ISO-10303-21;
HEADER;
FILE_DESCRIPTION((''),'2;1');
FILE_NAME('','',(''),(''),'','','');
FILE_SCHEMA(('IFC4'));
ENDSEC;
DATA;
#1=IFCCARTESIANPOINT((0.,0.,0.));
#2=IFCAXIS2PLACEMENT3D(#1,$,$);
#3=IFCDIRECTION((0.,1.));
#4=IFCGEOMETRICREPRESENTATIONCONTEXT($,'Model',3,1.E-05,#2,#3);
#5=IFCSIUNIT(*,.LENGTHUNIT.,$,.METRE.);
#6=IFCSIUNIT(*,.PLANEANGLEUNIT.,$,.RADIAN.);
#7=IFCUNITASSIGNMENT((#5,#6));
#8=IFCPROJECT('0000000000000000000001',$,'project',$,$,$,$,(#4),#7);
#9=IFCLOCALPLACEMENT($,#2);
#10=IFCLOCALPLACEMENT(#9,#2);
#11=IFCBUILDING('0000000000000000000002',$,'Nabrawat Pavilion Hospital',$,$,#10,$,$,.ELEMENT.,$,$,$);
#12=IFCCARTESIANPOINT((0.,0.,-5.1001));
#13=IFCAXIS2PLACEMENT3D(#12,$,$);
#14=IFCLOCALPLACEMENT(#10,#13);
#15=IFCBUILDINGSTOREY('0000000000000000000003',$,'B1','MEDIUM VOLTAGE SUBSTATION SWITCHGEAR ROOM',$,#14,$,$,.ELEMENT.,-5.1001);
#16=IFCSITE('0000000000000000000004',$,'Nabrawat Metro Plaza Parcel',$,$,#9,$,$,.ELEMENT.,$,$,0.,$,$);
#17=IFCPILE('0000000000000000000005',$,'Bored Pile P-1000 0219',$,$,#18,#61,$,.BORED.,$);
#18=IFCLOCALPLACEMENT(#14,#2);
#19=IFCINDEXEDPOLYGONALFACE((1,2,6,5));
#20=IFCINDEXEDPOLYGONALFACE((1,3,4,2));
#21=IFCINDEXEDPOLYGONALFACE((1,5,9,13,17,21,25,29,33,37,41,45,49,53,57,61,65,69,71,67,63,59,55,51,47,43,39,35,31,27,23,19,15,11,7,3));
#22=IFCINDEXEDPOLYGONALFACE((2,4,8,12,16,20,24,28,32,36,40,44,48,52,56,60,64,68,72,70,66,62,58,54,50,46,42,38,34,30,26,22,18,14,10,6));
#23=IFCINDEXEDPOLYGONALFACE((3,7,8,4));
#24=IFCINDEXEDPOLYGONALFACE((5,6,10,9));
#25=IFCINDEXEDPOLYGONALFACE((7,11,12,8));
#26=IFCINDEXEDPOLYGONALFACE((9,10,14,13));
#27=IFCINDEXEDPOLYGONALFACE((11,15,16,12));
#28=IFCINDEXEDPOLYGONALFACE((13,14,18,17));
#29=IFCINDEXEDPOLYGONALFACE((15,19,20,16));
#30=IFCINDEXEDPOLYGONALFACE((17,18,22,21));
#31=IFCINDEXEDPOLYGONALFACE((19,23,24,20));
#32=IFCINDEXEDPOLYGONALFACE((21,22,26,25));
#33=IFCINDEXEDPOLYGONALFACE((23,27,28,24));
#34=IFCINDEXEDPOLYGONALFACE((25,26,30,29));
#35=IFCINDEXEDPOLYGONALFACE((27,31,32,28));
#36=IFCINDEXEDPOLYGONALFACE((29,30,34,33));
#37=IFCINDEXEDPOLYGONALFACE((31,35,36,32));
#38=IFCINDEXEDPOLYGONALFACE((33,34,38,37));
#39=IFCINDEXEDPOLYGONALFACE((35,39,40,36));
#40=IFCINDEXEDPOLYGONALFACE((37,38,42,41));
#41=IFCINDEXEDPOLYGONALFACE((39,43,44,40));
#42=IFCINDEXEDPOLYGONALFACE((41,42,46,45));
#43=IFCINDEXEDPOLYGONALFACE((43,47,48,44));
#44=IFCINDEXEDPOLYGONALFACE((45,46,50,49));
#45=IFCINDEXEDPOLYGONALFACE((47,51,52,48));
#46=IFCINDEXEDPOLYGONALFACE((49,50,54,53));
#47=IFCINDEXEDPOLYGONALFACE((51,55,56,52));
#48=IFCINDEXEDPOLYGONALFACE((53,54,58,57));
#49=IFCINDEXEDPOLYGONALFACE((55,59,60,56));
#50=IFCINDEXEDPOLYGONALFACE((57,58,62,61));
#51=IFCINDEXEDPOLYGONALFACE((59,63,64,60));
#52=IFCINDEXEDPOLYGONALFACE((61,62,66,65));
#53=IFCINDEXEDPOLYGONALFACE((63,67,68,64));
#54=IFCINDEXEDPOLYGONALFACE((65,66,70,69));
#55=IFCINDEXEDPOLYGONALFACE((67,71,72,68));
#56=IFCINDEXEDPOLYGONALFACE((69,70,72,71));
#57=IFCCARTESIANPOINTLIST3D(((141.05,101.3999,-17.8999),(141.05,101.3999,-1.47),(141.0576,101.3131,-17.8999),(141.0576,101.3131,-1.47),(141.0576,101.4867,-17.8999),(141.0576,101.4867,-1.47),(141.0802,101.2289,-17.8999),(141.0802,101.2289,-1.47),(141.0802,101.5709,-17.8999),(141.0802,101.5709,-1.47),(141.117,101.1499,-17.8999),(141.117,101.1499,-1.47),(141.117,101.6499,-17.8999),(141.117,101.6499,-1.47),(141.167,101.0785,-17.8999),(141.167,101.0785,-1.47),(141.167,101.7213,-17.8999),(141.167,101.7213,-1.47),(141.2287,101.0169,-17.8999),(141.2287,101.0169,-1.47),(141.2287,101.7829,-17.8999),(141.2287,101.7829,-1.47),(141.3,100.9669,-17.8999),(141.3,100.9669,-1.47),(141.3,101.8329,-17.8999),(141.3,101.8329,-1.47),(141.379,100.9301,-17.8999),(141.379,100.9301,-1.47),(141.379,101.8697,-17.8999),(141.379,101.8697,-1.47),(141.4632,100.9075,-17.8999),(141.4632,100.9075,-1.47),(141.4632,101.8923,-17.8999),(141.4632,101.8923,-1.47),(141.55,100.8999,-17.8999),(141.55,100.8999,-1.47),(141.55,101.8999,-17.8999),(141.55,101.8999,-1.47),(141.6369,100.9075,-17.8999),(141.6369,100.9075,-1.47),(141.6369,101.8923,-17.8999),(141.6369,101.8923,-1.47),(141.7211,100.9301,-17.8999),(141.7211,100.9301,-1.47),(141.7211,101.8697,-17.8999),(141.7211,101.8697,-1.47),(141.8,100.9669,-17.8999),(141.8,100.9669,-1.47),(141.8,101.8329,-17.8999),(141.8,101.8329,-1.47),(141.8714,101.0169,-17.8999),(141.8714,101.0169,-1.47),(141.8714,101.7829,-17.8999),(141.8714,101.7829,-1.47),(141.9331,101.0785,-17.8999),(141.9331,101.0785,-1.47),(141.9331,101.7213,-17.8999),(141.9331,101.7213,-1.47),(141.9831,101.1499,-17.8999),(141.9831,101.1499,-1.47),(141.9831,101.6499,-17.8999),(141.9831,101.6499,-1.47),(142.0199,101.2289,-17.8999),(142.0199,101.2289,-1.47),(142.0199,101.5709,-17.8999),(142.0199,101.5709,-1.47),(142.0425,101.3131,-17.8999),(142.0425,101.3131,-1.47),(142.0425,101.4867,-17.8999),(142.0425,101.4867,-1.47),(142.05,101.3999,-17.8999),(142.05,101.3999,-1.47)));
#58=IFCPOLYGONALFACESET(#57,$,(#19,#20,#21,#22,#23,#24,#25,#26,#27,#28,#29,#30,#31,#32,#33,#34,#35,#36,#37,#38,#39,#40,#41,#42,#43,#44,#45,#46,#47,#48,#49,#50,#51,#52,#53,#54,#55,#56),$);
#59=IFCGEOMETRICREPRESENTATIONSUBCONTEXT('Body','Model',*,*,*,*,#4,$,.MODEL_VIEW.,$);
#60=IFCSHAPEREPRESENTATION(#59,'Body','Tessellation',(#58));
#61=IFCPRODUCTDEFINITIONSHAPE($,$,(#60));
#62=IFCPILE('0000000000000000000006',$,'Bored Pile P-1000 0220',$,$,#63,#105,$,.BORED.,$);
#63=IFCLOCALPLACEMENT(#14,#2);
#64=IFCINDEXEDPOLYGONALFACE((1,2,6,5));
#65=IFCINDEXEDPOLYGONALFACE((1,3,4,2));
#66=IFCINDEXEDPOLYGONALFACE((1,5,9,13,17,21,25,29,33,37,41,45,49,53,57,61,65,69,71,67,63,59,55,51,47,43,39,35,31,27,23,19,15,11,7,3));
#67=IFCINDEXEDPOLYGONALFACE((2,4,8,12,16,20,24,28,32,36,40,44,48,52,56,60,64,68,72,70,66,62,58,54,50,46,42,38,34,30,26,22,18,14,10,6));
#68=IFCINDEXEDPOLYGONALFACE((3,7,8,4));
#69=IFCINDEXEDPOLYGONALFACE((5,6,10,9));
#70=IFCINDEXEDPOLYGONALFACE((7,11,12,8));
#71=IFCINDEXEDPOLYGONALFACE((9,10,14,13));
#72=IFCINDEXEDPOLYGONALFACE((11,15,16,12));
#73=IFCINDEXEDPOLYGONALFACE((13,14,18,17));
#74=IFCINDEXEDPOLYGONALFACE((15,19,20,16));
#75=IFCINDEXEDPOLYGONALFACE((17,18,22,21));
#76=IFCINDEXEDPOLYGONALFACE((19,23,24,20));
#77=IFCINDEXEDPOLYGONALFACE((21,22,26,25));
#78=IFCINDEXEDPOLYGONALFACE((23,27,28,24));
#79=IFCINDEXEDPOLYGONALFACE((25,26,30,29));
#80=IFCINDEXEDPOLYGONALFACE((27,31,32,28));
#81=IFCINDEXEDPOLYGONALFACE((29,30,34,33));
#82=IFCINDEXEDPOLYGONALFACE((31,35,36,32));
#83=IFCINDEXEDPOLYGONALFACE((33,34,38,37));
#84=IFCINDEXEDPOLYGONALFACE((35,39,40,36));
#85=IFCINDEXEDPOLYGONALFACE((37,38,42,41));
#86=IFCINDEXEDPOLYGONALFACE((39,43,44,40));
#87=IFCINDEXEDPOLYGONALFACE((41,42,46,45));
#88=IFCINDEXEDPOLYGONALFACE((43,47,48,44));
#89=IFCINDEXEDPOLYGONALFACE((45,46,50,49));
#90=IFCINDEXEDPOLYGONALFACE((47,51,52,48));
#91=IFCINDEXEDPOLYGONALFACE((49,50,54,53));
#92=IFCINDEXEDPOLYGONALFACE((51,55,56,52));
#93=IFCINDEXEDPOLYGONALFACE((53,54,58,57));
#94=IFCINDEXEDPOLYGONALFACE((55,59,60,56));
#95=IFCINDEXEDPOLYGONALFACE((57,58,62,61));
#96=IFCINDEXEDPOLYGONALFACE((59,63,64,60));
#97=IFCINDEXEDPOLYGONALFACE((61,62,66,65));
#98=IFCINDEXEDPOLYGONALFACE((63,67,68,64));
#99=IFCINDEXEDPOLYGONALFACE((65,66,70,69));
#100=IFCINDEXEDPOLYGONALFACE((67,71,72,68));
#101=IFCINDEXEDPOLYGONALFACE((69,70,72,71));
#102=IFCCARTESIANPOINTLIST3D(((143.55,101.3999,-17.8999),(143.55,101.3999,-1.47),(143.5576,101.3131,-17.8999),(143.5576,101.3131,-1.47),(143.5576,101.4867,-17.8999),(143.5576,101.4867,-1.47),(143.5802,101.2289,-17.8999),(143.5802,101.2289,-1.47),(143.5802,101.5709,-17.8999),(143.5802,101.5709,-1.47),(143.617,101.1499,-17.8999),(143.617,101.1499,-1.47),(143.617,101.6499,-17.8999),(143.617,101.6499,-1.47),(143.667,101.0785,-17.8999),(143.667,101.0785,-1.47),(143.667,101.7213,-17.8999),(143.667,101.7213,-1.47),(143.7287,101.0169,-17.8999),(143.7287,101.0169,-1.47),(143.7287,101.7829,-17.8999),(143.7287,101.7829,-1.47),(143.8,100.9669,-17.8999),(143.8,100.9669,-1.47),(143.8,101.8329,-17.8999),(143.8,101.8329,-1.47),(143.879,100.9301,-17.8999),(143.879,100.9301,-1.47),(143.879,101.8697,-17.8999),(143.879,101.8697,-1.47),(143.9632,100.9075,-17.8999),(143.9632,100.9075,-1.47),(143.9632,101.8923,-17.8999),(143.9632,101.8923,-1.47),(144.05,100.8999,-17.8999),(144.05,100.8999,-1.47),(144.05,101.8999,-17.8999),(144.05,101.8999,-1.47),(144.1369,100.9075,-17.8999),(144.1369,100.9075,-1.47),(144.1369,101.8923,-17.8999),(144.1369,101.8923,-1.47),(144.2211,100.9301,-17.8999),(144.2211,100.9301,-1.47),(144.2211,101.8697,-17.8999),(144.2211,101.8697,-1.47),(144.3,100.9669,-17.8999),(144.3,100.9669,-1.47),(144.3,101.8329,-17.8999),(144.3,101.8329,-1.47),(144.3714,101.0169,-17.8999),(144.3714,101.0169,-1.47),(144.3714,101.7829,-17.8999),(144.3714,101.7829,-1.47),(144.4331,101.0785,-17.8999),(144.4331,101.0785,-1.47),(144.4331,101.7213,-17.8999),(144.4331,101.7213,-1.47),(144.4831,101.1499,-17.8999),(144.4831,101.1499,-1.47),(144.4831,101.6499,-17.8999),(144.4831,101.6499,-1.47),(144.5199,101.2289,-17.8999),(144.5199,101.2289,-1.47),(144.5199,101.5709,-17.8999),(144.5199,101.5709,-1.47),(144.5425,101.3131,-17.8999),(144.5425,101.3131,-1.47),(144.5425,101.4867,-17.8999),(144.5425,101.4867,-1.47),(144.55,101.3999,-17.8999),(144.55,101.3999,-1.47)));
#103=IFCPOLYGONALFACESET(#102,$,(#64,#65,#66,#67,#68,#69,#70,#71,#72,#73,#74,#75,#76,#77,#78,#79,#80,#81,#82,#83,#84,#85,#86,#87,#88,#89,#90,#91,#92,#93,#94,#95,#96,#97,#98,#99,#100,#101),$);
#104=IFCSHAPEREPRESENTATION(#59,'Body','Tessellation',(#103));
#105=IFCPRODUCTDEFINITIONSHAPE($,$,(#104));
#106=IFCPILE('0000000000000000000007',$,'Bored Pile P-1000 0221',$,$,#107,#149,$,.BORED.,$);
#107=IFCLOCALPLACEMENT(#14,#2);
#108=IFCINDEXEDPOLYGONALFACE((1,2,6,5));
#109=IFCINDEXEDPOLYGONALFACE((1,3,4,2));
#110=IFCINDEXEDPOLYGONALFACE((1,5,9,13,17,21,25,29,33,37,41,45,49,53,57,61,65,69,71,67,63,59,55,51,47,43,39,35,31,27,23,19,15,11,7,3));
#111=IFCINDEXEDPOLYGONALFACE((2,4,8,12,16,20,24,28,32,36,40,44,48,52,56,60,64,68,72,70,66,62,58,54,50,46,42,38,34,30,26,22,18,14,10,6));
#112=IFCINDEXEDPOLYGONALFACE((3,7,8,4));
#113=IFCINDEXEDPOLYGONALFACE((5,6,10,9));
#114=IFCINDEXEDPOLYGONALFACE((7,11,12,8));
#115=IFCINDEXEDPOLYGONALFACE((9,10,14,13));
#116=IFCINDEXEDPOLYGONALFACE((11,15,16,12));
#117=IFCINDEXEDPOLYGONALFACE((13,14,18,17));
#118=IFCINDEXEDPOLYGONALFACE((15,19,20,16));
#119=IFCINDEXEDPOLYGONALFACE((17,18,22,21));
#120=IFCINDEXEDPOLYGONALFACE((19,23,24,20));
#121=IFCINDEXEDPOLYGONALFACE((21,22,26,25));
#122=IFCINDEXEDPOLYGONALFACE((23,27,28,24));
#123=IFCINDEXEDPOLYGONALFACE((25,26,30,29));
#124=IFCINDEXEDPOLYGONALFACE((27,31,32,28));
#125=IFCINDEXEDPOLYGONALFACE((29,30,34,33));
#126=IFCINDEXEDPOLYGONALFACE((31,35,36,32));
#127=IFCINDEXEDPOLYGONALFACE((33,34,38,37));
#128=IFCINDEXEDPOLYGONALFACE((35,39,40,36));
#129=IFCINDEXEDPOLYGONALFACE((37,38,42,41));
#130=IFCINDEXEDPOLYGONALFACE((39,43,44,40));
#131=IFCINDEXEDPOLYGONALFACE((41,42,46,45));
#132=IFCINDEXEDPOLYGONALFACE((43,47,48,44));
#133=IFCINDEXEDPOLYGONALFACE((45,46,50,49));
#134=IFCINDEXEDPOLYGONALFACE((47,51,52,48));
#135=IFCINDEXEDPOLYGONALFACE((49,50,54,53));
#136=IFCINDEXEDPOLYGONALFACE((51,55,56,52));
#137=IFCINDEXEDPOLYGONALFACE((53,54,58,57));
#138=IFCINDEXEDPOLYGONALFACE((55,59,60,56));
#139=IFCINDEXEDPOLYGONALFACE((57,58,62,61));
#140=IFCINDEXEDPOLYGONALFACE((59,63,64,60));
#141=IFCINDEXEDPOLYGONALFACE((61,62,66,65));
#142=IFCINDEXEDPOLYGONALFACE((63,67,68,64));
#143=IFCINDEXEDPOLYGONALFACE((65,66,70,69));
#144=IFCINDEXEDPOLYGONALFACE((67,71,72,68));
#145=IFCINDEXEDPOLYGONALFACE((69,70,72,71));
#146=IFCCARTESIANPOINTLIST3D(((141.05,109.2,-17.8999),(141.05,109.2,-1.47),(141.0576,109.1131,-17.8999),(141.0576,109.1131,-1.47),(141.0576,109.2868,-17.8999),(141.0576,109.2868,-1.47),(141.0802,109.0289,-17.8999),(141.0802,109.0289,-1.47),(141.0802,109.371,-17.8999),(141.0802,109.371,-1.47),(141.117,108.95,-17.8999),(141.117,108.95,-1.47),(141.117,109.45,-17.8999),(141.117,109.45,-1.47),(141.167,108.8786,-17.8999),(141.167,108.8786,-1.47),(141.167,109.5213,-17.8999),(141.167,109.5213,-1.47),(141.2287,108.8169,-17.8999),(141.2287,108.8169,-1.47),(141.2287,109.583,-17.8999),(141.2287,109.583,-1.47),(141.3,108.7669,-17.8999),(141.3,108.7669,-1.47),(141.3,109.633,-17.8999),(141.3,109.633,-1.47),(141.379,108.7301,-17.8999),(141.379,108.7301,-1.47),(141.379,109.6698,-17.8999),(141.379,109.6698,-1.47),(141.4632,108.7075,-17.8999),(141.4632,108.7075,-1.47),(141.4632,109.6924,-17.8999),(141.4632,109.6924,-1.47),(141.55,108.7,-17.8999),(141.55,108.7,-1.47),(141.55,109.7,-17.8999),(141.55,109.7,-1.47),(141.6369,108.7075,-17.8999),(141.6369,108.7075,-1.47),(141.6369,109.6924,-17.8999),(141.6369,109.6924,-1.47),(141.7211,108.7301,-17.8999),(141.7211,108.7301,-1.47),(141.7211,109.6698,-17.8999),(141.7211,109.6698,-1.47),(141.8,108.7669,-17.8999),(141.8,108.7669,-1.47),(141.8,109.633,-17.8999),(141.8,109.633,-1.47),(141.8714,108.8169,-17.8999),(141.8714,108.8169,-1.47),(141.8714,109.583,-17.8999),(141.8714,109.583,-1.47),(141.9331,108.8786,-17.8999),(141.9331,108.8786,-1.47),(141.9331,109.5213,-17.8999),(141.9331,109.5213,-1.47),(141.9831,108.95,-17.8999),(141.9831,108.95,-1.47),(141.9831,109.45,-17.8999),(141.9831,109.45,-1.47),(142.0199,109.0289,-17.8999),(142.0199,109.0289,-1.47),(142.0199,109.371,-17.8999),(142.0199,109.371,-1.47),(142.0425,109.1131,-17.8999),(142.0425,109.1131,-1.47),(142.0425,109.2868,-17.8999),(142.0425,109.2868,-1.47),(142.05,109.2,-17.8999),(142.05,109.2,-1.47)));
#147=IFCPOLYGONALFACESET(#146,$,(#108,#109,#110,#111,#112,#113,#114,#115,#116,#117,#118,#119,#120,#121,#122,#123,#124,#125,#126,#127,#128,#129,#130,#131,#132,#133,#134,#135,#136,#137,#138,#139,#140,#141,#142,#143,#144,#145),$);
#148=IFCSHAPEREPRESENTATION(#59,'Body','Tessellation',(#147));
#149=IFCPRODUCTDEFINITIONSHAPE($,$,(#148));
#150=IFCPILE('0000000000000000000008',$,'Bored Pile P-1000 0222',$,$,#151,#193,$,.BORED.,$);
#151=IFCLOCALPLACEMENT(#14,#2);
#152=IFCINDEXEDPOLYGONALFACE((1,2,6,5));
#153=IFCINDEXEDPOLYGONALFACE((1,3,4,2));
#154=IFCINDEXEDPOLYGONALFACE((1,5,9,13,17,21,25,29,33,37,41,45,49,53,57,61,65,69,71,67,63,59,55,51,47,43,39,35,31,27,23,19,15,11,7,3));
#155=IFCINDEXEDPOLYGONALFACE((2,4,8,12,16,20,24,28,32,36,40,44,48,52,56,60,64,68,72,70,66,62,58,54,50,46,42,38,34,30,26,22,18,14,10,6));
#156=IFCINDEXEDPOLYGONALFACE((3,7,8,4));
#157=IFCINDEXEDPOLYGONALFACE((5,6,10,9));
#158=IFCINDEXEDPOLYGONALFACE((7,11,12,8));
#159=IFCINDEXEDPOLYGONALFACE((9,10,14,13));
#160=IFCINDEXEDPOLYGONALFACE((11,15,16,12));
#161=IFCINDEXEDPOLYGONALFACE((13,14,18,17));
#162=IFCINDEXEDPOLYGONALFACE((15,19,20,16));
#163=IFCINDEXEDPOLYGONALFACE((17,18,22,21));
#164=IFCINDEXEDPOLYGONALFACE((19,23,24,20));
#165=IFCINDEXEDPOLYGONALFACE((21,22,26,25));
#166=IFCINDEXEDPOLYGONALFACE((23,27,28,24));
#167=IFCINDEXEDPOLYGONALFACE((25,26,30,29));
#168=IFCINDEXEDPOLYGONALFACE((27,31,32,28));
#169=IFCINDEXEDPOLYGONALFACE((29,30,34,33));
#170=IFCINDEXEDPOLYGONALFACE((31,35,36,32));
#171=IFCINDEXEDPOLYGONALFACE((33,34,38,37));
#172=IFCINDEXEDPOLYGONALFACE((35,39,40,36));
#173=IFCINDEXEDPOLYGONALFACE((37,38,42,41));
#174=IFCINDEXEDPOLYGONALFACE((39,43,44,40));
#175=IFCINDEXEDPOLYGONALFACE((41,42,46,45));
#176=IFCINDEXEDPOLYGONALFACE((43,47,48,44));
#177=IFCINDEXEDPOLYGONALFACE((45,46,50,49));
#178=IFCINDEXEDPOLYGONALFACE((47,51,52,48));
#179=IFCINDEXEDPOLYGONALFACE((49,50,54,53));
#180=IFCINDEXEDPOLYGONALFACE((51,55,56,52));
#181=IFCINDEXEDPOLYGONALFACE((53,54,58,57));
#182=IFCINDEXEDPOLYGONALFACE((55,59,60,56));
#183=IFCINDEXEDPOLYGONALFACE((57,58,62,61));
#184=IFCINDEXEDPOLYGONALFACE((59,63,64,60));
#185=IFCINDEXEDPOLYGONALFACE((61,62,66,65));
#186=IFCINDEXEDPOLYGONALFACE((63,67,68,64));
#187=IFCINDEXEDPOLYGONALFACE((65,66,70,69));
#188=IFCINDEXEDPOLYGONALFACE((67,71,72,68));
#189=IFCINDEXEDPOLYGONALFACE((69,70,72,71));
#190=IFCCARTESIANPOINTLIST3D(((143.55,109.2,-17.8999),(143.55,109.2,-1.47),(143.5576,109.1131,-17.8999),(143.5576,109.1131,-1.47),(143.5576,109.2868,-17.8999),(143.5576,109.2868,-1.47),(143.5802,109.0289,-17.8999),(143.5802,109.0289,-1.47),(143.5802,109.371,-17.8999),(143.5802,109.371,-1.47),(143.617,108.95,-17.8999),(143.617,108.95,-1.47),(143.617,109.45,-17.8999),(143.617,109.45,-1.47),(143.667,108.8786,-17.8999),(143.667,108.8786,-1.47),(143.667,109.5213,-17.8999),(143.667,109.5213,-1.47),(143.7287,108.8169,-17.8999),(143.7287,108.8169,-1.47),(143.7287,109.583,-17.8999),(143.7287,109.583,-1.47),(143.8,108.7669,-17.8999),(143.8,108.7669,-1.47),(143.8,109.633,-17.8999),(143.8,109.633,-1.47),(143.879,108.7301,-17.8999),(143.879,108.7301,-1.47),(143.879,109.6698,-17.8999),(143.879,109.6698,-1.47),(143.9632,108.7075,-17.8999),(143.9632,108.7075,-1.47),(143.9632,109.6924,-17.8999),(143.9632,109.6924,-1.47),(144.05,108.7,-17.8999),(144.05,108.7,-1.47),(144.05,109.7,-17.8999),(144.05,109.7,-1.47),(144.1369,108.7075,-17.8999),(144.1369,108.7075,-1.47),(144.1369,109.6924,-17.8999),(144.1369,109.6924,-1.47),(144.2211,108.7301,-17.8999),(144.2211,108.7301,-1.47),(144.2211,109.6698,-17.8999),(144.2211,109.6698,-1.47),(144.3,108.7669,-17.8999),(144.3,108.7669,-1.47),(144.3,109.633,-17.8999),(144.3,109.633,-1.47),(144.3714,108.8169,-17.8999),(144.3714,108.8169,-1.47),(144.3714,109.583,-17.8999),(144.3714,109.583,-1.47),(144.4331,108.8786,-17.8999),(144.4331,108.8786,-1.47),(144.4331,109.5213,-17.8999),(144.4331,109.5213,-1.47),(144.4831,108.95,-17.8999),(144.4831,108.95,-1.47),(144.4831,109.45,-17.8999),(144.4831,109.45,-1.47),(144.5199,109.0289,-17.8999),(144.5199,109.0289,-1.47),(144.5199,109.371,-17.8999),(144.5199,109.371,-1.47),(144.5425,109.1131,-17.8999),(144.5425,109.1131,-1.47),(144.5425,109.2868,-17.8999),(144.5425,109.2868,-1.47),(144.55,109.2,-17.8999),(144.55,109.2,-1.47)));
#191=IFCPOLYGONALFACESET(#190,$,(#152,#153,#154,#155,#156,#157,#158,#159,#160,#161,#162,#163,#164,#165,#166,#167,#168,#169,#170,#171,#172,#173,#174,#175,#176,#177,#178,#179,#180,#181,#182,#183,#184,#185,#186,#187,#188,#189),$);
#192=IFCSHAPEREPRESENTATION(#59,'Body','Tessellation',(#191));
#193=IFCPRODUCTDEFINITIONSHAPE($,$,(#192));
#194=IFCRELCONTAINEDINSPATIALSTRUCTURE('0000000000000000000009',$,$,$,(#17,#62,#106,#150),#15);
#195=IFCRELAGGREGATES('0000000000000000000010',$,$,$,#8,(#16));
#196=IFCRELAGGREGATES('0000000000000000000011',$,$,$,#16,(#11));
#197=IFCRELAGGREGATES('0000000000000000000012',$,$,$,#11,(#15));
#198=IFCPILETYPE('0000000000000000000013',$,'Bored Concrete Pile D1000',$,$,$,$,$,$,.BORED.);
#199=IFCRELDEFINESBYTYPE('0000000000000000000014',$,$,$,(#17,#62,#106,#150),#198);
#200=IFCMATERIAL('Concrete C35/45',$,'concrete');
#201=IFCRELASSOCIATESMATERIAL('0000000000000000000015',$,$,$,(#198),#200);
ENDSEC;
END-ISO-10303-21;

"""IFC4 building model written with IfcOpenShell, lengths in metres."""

from ifc_helpers import new_model, si_unit, direction, frame, origin, origin_2d, place, context, subcontext, project, spatial, circle, extrude, material, material_profile, profile_set, type_object, element, save


model = new_model("IFC4")

# Units and contexts
model_context = context("Model", 3, precision=1e-05, world=origin(), true_north=direction((0.0, 1.0)))
body_context = subcontext(model_context, "Body", "Model", "MODEL_VIEW")
ifc_project = project(units=[si_unit("LENGTHUNIT", "METRE"), si_unit("PLANEANGLEUNIT", "RADIAN")], contexts=[model_context])

# Site, building, storey
site_placement = place(None, origin())
site = spatial("IfcSite", under=ifc_project, at=site_placement, Name="Nabrawat Metro Plaza Parcel", CompositionType="ELEMENT", RefElevation=0.0)
building_placement = place(site_placement, origin())
building = spatial("IfcBuilding", under=site, at=building_placement, Name="Nabrawat Pavilion Hospital", CompositionType="ELEMENT")
storey_placement = place(building_placement, frame((0.0, 0.0, -5.1001)))
storey = spatial("IfcBuildingStorey", under=building, at=storey_placement, Name="B1", Description="MEDIUM VOLTAGE SUBSTATION SWITCHGEAR ROOM", CompositionType="ELEMENT", Elevation=-5.1001)

# Piles
ifc_material_1 = material(Name="Concrete C35/45", Category="concrete")
ifc_material_profile_1 = material_profile(ifc_material_1, circle(Radius=0.5, at=origin_2d()), Name="DIA 1000")
ifc_profile_set_1 = profile_set([ifc_material_profile_1], Name="Concrete C35/45")
pile_type_1 = type_object("IfcPileType", Name="Bored Concrete Pile D1000", PredefinedType="BORED", material=ifc_profile_set_1)
for number, where, z_axis, x_axis, name in (
    (1, (141.55, 101.3999, -1.47), (0.0, 0.0, -1.0), (1.0, 0.0, 0.0), "Bored Pile P-1000 0219"),
    (2, (144.05, 101.3999, -1.47), (0.0, 0.0, -1.0), (1.0, 0.0, 0.0), "Bored Pile P-1000 0220"),
    (3, (141.55, 109.2, -1.47), (0.0, 0.0, -1.0), (1.0, 0.0, 0.0), "Bored Pile P-1000 0221"),
    (4, (144.05, 109.2, -1.47), (0.0, 0.0, -1.0), (1.0, 0.0, 0.0), "Bored Pile P-1000 0222"),
):
    element("IfcPile", number, at=place(storey_placement, frame(where, z_axis=z_axis, x_axis=x_axis)), inside=storey, type_object=pile_type_1, Name=name, PredefinedType="BORED", context=body_context, shape_type="SweptSolid", body=[
        extrude(circle(Radius=0.5, at=origin_2d()), origin(), (0.0, 0.0, 1.0), 16.4299),
    ])

save(model, "model.ifc")
